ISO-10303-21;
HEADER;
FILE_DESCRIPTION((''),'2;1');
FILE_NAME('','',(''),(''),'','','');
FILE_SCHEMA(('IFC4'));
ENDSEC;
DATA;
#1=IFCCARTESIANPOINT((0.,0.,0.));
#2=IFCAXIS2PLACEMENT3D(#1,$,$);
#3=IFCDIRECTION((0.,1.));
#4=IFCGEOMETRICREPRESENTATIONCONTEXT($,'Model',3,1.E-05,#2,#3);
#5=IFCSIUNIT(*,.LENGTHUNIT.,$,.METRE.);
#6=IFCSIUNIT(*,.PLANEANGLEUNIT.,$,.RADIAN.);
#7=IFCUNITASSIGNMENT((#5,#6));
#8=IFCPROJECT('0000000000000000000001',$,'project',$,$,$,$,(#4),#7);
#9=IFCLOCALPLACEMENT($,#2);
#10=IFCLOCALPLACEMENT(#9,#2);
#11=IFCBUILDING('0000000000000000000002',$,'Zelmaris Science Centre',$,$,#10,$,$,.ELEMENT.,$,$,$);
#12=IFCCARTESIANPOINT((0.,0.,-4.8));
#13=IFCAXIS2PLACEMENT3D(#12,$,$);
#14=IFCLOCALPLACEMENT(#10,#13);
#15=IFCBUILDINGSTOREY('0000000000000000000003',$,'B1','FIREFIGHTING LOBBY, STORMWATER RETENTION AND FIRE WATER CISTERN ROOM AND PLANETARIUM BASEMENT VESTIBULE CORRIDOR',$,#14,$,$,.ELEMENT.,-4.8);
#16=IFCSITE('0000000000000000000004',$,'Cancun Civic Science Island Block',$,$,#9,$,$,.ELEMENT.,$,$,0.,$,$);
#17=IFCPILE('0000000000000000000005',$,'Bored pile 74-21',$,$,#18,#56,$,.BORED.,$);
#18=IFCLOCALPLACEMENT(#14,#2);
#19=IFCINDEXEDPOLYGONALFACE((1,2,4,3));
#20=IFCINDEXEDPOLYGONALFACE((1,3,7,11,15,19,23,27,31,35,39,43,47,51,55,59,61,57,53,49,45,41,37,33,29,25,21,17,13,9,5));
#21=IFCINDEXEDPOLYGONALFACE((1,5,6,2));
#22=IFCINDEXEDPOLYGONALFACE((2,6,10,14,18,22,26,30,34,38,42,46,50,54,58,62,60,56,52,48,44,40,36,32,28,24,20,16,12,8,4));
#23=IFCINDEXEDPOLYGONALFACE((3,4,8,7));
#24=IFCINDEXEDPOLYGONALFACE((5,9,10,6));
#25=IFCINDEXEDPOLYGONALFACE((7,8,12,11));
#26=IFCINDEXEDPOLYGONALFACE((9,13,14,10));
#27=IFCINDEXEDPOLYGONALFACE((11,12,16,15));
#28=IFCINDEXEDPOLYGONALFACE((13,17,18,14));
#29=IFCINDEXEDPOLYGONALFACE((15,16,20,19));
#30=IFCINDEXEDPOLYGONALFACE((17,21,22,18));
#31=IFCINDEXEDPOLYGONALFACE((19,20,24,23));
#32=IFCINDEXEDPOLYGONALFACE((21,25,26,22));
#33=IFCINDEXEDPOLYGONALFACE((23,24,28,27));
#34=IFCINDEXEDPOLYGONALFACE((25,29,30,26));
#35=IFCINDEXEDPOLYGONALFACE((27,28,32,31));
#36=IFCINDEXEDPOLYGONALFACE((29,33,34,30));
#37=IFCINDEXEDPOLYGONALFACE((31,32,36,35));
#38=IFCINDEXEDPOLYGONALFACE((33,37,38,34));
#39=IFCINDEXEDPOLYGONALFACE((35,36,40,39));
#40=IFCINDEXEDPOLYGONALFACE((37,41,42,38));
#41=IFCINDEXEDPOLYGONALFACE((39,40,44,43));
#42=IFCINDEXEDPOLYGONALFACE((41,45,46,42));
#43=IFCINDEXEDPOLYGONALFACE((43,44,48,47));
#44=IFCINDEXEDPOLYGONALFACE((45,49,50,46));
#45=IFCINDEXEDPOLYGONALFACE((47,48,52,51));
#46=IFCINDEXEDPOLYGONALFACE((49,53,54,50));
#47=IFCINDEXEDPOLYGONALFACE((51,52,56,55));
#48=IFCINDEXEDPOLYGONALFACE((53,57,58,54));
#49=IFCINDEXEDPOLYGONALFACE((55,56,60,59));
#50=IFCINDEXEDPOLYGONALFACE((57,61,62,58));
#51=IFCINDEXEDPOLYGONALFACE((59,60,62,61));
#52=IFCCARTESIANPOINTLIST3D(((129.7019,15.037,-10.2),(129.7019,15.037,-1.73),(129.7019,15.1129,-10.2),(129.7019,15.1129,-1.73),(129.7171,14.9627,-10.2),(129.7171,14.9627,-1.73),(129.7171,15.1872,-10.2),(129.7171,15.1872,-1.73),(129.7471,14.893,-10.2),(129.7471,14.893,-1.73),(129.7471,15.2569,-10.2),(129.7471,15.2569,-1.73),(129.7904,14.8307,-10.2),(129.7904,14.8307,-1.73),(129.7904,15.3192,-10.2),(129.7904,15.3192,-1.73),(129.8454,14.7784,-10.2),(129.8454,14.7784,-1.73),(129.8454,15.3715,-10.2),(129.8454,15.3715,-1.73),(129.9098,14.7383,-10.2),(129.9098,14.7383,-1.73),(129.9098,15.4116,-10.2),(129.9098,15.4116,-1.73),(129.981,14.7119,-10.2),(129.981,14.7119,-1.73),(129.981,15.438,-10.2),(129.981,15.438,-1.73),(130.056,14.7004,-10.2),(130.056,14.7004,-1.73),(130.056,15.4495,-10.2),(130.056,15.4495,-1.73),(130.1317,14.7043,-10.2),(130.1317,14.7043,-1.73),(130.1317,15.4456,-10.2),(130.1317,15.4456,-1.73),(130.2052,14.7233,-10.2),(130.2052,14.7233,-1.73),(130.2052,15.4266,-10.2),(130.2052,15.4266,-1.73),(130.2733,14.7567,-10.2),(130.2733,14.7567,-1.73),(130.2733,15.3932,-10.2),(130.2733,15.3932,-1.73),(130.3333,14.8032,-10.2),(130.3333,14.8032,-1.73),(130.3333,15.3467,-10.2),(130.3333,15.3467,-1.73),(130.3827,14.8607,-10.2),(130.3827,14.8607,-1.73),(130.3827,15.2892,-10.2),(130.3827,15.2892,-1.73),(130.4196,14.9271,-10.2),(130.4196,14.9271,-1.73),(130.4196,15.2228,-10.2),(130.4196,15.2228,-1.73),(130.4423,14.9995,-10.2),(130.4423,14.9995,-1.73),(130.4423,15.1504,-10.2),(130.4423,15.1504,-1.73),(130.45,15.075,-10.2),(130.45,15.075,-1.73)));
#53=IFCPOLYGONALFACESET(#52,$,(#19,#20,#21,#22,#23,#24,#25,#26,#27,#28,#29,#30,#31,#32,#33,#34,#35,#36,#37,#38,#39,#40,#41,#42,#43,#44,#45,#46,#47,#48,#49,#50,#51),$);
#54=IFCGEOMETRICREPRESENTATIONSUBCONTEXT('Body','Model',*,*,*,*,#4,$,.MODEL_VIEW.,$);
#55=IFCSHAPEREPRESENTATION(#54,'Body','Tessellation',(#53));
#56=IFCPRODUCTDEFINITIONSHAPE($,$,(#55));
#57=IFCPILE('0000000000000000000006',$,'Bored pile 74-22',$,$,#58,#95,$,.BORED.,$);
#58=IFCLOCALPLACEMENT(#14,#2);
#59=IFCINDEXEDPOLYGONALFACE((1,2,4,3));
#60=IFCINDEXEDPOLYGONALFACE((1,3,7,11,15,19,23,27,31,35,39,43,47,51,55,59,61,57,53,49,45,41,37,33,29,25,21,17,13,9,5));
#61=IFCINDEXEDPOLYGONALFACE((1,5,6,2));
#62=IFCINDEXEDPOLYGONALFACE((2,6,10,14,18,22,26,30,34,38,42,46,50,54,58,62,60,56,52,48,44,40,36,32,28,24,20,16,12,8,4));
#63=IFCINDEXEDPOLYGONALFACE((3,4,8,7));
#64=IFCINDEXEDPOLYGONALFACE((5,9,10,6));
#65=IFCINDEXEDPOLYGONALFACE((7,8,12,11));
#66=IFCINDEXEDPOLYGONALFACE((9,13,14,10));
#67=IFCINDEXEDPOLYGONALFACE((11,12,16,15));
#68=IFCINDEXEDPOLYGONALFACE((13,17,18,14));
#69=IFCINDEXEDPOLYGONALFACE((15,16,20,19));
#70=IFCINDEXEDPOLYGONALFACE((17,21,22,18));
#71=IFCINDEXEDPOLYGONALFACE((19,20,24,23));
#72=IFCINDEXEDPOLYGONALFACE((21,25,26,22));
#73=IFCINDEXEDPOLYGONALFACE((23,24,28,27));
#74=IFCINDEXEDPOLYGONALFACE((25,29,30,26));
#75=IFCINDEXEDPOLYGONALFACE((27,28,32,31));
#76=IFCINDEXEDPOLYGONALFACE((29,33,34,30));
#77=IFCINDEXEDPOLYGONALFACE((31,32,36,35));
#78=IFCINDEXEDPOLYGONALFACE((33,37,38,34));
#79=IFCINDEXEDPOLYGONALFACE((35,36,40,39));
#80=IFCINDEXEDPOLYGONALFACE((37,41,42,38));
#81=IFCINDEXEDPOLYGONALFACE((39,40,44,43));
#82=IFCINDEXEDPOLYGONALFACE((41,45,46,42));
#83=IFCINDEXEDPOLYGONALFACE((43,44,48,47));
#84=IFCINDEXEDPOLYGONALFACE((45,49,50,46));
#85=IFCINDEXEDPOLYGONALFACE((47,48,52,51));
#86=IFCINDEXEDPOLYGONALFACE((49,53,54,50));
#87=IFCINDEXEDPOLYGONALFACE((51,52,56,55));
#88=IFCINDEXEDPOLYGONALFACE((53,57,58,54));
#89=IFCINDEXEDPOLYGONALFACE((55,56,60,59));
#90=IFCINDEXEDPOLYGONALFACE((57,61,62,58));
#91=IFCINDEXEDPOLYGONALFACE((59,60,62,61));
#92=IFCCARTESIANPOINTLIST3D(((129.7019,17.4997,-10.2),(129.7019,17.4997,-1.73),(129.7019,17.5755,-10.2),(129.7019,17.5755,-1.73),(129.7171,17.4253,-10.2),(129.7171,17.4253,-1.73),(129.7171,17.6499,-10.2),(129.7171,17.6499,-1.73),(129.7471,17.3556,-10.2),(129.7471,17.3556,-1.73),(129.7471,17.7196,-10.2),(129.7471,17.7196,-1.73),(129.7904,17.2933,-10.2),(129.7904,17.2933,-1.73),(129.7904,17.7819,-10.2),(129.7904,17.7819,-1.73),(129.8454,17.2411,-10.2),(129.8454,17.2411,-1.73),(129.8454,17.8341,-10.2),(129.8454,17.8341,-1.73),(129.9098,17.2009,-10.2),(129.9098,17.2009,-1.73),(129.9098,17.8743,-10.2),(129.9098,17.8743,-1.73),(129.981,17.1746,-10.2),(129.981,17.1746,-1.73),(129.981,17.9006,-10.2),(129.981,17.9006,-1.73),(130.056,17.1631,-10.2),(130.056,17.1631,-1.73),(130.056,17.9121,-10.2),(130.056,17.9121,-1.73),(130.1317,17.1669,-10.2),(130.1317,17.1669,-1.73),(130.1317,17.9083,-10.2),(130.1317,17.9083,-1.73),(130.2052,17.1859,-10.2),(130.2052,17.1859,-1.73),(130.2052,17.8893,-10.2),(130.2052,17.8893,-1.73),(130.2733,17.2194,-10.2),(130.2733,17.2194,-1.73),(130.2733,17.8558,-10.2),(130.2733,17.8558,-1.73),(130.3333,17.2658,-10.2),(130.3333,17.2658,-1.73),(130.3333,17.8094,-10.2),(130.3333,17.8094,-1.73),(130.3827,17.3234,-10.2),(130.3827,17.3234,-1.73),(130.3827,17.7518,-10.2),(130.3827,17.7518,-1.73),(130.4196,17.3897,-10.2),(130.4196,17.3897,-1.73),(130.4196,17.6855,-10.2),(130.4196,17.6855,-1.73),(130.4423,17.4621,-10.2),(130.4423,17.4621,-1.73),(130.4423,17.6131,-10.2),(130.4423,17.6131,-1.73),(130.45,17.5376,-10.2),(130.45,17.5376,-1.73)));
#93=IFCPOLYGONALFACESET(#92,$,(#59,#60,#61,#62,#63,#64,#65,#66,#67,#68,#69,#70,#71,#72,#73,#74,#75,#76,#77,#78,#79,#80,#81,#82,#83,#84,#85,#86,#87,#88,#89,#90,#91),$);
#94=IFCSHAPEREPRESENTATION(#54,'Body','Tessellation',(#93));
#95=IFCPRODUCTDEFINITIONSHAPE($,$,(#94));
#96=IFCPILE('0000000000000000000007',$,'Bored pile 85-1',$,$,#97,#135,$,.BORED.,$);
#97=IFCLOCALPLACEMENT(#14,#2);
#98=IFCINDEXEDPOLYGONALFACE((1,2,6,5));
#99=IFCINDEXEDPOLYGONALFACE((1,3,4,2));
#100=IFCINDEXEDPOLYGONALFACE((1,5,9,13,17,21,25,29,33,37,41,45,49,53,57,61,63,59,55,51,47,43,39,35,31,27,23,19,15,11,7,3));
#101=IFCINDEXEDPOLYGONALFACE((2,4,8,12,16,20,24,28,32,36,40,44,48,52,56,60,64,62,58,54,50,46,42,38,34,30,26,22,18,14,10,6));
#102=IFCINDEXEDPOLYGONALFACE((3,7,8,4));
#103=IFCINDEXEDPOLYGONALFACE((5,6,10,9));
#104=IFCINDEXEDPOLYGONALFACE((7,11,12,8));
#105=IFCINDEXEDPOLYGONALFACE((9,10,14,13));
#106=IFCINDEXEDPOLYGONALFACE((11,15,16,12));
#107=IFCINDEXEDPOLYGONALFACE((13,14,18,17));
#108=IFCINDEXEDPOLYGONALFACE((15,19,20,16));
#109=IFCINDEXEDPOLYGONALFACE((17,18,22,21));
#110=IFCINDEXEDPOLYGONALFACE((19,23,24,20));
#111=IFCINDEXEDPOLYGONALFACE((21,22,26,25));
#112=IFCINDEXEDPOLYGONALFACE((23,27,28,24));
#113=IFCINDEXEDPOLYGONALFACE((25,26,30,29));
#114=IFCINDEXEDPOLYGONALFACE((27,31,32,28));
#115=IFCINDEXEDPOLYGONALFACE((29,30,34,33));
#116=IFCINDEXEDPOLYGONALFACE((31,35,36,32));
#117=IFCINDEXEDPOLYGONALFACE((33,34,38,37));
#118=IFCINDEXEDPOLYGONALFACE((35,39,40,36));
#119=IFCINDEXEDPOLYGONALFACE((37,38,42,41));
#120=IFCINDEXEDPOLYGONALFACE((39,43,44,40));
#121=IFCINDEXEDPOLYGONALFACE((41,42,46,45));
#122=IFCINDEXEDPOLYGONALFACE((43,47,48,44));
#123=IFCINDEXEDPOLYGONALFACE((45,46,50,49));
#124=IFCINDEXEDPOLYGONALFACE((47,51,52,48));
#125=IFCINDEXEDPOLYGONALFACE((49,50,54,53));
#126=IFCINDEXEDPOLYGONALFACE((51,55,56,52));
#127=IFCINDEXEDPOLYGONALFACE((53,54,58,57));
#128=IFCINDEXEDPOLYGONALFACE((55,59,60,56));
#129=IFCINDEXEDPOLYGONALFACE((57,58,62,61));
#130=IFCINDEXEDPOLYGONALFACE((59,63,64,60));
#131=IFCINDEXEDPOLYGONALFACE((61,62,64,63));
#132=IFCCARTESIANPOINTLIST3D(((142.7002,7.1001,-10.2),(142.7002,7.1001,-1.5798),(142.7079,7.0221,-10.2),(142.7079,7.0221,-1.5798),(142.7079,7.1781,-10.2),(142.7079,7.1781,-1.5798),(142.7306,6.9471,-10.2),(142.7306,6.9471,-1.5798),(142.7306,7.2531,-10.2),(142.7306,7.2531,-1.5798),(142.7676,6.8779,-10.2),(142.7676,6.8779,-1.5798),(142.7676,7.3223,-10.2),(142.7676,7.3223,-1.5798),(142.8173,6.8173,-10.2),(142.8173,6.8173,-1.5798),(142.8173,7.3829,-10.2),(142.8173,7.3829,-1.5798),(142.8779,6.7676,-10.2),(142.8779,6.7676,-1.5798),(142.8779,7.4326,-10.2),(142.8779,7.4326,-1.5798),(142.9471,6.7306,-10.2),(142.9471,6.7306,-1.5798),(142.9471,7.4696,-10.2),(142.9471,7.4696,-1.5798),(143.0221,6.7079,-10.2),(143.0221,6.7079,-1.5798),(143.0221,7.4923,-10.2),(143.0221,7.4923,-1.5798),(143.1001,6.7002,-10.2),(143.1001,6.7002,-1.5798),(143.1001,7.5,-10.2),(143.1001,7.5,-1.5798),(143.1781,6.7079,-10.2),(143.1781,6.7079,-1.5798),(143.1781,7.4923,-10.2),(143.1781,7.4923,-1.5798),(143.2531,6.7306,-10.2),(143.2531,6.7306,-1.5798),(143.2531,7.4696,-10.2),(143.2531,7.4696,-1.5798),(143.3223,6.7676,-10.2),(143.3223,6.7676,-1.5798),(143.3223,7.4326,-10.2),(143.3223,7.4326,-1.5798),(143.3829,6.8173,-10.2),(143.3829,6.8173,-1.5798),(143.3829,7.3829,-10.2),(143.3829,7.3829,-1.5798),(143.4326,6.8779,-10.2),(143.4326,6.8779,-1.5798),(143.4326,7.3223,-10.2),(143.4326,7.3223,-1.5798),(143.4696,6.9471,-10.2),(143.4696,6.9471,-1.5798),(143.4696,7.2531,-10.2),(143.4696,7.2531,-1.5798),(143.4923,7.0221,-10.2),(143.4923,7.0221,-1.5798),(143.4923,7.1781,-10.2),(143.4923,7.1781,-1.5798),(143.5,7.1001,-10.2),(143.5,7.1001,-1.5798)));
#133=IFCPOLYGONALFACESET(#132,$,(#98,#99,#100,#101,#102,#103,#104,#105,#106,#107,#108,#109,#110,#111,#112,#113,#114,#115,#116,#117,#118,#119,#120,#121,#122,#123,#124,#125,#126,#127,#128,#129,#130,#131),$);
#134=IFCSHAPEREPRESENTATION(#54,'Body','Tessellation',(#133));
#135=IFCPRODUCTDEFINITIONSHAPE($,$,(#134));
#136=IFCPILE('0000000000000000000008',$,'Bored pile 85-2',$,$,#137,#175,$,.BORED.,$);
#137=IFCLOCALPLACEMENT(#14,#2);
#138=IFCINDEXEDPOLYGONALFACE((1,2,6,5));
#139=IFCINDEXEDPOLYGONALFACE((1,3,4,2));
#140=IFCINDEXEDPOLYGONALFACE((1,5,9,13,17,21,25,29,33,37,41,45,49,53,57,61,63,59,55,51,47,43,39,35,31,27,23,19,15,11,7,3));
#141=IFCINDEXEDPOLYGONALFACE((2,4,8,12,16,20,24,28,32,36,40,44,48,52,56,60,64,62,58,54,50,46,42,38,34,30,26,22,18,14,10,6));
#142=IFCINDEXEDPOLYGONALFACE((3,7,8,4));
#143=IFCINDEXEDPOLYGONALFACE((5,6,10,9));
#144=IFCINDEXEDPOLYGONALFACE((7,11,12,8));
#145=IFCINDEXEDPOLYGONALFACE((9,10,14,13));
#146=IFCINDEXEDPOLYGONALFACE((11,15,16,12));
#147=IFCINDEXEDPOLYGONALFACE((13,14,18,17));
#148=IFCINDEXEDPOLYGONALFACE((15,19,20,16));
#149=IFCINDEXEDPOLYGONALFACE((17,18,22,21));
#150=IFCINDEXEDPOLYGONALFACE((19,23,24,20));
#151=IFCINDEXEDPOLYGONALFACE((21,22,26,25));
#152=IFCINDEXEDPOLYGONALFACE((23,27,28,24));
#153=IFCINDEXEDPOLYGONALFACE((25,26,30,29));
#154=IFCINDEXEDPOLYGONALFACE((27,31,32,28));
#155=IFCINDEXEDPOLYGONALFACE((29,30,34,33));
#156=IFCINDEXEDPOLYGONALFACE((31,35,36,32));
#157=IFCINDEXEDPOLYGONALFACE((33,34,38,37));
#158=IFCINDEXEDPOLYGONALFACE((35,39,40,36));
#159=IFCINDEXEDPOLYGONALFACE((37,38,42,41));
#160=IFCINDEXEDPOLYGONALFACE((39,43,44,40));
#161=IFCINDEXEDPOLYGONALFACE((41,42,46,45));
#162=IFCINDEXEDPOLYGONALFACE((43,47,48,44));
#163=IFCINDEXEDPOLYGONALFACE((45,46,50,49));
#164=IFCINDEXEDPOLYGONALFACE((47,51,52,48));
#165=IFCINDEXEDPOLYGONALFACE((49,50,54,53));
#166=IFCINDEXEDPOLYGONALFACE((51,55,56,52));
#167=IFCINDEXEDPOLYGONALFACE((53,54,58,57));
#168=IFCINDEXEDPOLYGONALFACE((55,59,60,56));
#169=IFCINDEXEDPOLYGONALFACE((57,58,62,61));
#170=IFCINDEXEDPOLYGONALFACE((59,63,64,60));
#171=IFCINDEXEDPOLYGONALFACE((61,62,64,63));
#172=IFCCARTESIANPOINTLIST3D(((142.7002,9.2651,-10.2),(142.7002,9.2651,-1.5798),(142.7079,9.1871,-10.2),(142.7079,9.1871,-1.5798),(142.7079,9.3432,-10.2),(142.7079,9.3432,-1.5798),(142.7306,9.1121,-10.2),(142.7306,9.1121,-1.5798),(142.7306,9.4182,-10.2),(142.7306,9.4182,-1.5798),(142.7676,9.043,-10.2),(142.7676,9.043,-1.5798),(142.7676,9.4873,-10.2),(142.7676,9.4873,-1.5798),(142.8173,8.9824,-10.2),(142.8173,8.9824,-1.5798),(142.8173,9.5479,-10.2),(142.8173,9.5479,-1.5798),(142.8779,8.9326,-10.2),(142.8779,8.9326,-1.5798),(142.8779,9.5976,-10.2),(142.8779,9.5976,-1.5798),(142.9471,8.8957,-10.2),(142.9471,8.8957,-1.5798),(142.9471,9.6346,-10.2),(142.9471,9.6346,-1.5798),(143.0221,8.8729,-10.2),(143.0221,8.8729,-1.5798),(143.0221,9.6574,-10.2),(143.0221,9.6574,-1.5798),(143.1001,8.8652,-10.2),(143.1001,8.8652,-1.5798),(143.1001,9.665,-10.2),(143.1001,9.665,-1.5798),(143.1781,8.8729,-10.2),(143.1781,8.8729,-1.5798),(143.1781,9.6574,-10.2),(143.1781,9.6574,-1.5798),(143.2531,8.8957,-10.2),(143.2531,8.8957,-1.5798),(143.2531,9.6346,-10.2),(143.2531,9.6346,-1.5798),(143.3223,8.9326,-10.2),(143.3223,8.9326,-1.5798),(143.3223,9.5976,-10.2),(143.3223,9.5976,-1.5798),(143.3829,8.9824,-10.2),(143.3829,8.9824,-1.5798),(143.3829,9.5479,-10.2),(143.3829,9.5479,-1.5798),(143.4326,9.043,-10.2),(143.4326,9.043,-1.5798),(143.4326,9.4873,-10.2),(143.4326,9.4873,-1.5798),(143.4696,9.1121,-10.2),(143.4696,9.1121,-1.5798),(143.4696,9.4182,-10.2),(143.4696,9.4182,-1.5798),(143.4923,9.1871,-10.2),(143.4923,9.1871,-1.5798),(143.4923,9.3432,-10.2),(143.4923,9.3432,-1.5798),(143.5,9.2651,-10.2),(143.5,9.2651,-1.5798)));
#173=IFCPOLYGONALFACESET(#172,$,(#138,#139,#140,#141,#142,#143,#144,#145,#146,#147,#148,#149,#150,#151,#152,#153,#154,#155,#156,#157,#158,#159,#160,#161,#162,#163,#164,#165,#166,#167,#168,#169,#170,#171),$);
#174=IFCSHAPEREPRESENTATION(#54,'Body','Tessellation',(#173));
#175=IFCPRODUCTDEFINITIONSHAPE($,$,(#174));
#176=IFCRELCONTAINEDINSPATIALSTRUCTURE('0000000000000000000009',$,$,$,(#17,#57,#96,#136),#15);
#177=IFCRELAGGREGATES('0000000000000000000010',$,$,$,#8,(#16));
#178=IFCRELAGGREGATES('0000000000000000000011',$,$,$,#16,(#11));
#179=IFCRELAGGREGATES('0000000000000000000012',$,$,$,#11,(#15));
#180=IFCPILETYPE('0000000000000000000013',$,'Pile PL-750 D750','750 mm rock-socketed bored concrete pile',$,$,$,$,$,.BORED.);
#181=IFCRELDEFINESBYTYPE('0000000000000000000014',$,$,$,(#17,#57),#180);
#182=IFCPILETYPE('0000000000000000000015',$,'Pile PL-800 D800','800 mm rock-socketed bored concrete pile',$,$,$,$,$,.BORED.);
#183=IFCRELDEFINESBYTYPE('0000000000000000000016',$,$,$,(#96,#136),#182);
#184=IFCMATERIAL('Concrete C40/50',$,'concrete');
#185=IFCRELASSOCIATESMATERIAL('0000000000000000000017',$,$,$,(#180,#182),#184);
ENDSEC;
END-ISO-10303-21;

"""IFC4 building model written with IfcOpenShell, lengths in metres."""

from ifc_helpers import new_model, si_unit, direction, frame, origin, origin_2d, place, context, subcontext, project, spatial, circle, extrude, material, material_profile, profile_set, type_object, element, save


model = new_model("IFC4")

# Units and contexts
model_context = context("Model", 3, precision=1e-05, world=origin(), true_north=direction((0.0, 1.0)))
body_context = subcontext(model_context, "Body", "Model", "MODEL_VIEW")
ifc_project = project(units=[si_unit("LENGTHUNIT", "METRE"), si_unit("PLANEANGLEUNIT", "RADIAN")], contexts=[model_context])

# Site, building, storey
site_placement = place(None, origin())
site = spatial("IfcSite", under=ifc_project, at=site_placement, Name="Cancun Civic Science Island Block", CompositionType="ELEMENT", RefElevation=0.0)
building_placement = place(site_placement, origin())
building = spatial("IfcBuilding", under=site, at=building_placement, Name="Zelmaris Science Centre", CompositionType="ELEMENT")
storey_placement = place(building_placement, frame((0.0, 0.0, -4.8)))
storey = spatial("IfcBuildingStorey", under=building, at=storey_placement, Name="B1", Description="FIREFIGHTING LOBBY, STORMWATER RETENTION AND FIRE WATER CISTERN ROOM AND PLANETARIUM BASEMENT VESTIBULE CORRIDOR", CompositionType="ELEMENT", Elevation=-4.8)

# Shared definitions
ifc_material_1 = material(Name="Concrete C40/50", Category="concrete")

# Piles
ifc_material_profile_1 = material_profile(ifc_material_1, circle(Radius=0.375, at=origin_2d()), Name="PILE-750")
ifc_profile_set_1 = profile_set([ifc_material_profile_1], Name="Concrete C40/50")
pile_type_1 = type_object("IfcPileType", Name="Pile PL-750 D750", Description="750 mm rock-socketed bored concrete pile", PredefinedType="BORED", material=ifc_profile_set_1)
for number, where, z_axis, x_axis, name in (
    (1, (130.075, 15.075, -1.73), (0.0, 0.0, -1.0), (1.0, 0.0, 0.0), "Bored pile 74-21"),
    (2, (130.075, 17.5376, -1.73), (0.0, 0.0, -1.0), (1.0, 0.0, 0.0), "Bored pile 74-22"),
):
    element("IfcPile", number, at=place(storey_placement, frame(where, z_axis=z_axis, x_axis=x_axis)), inside=storey, type_object=pile_type_1, Name=name, PredefinedType="BORED", context=body_context, shape_type="SweptSolid", body=[
        extrude(circle(Radius=0.375, at=origin_2d()), origin(), (0.0, 0.0, 1.0), 8.47),
    ])
ifc_material_profile_2 = material_profile(ifc_material_1, circle(Radius=0.3999, at=origin_2d()), Name="PILE-800")
ifc_profile_set_2 = profile_set([ifc_material_profile_2], Name="Concrete C40/50")
pile_type_2 = type_object("IfcPileType", Name="Pile PL-800 D800", Description="800 mm rock-socketed bored concrete pile", PredefinedType="BORED", material=ifc_profile_set_2)
for number, where, z_axis, x_axis, name in (
    (3, (143.1001, 7.1001, -1.5798), (0.0, 0.0, -1.0), (1.0, 0.0, 0.0), "Bored pile 85-1"),
    (4, (143.1001, 9.2651, -1.5798), (0.0, 0.0, -1.0), (1.0, 0.0, 0.0), "Bored pile 85-2"),
):
    element("IfcPile", number, at=place(storey_placement, frame(where, z_axis=z_axis, x_axis=x_axis)), inside=storey, type_object=pile_type_2, Name=name, PredefinedType="BORED", context=body_context, shape_type="SweptSolid", body=[
        extrude(circle(Radius=0.3999, at=origin_2d()), origin(), (0.0, 0.0, 1.0), 8.6201),
    ])

save(model, "model.ifc")
